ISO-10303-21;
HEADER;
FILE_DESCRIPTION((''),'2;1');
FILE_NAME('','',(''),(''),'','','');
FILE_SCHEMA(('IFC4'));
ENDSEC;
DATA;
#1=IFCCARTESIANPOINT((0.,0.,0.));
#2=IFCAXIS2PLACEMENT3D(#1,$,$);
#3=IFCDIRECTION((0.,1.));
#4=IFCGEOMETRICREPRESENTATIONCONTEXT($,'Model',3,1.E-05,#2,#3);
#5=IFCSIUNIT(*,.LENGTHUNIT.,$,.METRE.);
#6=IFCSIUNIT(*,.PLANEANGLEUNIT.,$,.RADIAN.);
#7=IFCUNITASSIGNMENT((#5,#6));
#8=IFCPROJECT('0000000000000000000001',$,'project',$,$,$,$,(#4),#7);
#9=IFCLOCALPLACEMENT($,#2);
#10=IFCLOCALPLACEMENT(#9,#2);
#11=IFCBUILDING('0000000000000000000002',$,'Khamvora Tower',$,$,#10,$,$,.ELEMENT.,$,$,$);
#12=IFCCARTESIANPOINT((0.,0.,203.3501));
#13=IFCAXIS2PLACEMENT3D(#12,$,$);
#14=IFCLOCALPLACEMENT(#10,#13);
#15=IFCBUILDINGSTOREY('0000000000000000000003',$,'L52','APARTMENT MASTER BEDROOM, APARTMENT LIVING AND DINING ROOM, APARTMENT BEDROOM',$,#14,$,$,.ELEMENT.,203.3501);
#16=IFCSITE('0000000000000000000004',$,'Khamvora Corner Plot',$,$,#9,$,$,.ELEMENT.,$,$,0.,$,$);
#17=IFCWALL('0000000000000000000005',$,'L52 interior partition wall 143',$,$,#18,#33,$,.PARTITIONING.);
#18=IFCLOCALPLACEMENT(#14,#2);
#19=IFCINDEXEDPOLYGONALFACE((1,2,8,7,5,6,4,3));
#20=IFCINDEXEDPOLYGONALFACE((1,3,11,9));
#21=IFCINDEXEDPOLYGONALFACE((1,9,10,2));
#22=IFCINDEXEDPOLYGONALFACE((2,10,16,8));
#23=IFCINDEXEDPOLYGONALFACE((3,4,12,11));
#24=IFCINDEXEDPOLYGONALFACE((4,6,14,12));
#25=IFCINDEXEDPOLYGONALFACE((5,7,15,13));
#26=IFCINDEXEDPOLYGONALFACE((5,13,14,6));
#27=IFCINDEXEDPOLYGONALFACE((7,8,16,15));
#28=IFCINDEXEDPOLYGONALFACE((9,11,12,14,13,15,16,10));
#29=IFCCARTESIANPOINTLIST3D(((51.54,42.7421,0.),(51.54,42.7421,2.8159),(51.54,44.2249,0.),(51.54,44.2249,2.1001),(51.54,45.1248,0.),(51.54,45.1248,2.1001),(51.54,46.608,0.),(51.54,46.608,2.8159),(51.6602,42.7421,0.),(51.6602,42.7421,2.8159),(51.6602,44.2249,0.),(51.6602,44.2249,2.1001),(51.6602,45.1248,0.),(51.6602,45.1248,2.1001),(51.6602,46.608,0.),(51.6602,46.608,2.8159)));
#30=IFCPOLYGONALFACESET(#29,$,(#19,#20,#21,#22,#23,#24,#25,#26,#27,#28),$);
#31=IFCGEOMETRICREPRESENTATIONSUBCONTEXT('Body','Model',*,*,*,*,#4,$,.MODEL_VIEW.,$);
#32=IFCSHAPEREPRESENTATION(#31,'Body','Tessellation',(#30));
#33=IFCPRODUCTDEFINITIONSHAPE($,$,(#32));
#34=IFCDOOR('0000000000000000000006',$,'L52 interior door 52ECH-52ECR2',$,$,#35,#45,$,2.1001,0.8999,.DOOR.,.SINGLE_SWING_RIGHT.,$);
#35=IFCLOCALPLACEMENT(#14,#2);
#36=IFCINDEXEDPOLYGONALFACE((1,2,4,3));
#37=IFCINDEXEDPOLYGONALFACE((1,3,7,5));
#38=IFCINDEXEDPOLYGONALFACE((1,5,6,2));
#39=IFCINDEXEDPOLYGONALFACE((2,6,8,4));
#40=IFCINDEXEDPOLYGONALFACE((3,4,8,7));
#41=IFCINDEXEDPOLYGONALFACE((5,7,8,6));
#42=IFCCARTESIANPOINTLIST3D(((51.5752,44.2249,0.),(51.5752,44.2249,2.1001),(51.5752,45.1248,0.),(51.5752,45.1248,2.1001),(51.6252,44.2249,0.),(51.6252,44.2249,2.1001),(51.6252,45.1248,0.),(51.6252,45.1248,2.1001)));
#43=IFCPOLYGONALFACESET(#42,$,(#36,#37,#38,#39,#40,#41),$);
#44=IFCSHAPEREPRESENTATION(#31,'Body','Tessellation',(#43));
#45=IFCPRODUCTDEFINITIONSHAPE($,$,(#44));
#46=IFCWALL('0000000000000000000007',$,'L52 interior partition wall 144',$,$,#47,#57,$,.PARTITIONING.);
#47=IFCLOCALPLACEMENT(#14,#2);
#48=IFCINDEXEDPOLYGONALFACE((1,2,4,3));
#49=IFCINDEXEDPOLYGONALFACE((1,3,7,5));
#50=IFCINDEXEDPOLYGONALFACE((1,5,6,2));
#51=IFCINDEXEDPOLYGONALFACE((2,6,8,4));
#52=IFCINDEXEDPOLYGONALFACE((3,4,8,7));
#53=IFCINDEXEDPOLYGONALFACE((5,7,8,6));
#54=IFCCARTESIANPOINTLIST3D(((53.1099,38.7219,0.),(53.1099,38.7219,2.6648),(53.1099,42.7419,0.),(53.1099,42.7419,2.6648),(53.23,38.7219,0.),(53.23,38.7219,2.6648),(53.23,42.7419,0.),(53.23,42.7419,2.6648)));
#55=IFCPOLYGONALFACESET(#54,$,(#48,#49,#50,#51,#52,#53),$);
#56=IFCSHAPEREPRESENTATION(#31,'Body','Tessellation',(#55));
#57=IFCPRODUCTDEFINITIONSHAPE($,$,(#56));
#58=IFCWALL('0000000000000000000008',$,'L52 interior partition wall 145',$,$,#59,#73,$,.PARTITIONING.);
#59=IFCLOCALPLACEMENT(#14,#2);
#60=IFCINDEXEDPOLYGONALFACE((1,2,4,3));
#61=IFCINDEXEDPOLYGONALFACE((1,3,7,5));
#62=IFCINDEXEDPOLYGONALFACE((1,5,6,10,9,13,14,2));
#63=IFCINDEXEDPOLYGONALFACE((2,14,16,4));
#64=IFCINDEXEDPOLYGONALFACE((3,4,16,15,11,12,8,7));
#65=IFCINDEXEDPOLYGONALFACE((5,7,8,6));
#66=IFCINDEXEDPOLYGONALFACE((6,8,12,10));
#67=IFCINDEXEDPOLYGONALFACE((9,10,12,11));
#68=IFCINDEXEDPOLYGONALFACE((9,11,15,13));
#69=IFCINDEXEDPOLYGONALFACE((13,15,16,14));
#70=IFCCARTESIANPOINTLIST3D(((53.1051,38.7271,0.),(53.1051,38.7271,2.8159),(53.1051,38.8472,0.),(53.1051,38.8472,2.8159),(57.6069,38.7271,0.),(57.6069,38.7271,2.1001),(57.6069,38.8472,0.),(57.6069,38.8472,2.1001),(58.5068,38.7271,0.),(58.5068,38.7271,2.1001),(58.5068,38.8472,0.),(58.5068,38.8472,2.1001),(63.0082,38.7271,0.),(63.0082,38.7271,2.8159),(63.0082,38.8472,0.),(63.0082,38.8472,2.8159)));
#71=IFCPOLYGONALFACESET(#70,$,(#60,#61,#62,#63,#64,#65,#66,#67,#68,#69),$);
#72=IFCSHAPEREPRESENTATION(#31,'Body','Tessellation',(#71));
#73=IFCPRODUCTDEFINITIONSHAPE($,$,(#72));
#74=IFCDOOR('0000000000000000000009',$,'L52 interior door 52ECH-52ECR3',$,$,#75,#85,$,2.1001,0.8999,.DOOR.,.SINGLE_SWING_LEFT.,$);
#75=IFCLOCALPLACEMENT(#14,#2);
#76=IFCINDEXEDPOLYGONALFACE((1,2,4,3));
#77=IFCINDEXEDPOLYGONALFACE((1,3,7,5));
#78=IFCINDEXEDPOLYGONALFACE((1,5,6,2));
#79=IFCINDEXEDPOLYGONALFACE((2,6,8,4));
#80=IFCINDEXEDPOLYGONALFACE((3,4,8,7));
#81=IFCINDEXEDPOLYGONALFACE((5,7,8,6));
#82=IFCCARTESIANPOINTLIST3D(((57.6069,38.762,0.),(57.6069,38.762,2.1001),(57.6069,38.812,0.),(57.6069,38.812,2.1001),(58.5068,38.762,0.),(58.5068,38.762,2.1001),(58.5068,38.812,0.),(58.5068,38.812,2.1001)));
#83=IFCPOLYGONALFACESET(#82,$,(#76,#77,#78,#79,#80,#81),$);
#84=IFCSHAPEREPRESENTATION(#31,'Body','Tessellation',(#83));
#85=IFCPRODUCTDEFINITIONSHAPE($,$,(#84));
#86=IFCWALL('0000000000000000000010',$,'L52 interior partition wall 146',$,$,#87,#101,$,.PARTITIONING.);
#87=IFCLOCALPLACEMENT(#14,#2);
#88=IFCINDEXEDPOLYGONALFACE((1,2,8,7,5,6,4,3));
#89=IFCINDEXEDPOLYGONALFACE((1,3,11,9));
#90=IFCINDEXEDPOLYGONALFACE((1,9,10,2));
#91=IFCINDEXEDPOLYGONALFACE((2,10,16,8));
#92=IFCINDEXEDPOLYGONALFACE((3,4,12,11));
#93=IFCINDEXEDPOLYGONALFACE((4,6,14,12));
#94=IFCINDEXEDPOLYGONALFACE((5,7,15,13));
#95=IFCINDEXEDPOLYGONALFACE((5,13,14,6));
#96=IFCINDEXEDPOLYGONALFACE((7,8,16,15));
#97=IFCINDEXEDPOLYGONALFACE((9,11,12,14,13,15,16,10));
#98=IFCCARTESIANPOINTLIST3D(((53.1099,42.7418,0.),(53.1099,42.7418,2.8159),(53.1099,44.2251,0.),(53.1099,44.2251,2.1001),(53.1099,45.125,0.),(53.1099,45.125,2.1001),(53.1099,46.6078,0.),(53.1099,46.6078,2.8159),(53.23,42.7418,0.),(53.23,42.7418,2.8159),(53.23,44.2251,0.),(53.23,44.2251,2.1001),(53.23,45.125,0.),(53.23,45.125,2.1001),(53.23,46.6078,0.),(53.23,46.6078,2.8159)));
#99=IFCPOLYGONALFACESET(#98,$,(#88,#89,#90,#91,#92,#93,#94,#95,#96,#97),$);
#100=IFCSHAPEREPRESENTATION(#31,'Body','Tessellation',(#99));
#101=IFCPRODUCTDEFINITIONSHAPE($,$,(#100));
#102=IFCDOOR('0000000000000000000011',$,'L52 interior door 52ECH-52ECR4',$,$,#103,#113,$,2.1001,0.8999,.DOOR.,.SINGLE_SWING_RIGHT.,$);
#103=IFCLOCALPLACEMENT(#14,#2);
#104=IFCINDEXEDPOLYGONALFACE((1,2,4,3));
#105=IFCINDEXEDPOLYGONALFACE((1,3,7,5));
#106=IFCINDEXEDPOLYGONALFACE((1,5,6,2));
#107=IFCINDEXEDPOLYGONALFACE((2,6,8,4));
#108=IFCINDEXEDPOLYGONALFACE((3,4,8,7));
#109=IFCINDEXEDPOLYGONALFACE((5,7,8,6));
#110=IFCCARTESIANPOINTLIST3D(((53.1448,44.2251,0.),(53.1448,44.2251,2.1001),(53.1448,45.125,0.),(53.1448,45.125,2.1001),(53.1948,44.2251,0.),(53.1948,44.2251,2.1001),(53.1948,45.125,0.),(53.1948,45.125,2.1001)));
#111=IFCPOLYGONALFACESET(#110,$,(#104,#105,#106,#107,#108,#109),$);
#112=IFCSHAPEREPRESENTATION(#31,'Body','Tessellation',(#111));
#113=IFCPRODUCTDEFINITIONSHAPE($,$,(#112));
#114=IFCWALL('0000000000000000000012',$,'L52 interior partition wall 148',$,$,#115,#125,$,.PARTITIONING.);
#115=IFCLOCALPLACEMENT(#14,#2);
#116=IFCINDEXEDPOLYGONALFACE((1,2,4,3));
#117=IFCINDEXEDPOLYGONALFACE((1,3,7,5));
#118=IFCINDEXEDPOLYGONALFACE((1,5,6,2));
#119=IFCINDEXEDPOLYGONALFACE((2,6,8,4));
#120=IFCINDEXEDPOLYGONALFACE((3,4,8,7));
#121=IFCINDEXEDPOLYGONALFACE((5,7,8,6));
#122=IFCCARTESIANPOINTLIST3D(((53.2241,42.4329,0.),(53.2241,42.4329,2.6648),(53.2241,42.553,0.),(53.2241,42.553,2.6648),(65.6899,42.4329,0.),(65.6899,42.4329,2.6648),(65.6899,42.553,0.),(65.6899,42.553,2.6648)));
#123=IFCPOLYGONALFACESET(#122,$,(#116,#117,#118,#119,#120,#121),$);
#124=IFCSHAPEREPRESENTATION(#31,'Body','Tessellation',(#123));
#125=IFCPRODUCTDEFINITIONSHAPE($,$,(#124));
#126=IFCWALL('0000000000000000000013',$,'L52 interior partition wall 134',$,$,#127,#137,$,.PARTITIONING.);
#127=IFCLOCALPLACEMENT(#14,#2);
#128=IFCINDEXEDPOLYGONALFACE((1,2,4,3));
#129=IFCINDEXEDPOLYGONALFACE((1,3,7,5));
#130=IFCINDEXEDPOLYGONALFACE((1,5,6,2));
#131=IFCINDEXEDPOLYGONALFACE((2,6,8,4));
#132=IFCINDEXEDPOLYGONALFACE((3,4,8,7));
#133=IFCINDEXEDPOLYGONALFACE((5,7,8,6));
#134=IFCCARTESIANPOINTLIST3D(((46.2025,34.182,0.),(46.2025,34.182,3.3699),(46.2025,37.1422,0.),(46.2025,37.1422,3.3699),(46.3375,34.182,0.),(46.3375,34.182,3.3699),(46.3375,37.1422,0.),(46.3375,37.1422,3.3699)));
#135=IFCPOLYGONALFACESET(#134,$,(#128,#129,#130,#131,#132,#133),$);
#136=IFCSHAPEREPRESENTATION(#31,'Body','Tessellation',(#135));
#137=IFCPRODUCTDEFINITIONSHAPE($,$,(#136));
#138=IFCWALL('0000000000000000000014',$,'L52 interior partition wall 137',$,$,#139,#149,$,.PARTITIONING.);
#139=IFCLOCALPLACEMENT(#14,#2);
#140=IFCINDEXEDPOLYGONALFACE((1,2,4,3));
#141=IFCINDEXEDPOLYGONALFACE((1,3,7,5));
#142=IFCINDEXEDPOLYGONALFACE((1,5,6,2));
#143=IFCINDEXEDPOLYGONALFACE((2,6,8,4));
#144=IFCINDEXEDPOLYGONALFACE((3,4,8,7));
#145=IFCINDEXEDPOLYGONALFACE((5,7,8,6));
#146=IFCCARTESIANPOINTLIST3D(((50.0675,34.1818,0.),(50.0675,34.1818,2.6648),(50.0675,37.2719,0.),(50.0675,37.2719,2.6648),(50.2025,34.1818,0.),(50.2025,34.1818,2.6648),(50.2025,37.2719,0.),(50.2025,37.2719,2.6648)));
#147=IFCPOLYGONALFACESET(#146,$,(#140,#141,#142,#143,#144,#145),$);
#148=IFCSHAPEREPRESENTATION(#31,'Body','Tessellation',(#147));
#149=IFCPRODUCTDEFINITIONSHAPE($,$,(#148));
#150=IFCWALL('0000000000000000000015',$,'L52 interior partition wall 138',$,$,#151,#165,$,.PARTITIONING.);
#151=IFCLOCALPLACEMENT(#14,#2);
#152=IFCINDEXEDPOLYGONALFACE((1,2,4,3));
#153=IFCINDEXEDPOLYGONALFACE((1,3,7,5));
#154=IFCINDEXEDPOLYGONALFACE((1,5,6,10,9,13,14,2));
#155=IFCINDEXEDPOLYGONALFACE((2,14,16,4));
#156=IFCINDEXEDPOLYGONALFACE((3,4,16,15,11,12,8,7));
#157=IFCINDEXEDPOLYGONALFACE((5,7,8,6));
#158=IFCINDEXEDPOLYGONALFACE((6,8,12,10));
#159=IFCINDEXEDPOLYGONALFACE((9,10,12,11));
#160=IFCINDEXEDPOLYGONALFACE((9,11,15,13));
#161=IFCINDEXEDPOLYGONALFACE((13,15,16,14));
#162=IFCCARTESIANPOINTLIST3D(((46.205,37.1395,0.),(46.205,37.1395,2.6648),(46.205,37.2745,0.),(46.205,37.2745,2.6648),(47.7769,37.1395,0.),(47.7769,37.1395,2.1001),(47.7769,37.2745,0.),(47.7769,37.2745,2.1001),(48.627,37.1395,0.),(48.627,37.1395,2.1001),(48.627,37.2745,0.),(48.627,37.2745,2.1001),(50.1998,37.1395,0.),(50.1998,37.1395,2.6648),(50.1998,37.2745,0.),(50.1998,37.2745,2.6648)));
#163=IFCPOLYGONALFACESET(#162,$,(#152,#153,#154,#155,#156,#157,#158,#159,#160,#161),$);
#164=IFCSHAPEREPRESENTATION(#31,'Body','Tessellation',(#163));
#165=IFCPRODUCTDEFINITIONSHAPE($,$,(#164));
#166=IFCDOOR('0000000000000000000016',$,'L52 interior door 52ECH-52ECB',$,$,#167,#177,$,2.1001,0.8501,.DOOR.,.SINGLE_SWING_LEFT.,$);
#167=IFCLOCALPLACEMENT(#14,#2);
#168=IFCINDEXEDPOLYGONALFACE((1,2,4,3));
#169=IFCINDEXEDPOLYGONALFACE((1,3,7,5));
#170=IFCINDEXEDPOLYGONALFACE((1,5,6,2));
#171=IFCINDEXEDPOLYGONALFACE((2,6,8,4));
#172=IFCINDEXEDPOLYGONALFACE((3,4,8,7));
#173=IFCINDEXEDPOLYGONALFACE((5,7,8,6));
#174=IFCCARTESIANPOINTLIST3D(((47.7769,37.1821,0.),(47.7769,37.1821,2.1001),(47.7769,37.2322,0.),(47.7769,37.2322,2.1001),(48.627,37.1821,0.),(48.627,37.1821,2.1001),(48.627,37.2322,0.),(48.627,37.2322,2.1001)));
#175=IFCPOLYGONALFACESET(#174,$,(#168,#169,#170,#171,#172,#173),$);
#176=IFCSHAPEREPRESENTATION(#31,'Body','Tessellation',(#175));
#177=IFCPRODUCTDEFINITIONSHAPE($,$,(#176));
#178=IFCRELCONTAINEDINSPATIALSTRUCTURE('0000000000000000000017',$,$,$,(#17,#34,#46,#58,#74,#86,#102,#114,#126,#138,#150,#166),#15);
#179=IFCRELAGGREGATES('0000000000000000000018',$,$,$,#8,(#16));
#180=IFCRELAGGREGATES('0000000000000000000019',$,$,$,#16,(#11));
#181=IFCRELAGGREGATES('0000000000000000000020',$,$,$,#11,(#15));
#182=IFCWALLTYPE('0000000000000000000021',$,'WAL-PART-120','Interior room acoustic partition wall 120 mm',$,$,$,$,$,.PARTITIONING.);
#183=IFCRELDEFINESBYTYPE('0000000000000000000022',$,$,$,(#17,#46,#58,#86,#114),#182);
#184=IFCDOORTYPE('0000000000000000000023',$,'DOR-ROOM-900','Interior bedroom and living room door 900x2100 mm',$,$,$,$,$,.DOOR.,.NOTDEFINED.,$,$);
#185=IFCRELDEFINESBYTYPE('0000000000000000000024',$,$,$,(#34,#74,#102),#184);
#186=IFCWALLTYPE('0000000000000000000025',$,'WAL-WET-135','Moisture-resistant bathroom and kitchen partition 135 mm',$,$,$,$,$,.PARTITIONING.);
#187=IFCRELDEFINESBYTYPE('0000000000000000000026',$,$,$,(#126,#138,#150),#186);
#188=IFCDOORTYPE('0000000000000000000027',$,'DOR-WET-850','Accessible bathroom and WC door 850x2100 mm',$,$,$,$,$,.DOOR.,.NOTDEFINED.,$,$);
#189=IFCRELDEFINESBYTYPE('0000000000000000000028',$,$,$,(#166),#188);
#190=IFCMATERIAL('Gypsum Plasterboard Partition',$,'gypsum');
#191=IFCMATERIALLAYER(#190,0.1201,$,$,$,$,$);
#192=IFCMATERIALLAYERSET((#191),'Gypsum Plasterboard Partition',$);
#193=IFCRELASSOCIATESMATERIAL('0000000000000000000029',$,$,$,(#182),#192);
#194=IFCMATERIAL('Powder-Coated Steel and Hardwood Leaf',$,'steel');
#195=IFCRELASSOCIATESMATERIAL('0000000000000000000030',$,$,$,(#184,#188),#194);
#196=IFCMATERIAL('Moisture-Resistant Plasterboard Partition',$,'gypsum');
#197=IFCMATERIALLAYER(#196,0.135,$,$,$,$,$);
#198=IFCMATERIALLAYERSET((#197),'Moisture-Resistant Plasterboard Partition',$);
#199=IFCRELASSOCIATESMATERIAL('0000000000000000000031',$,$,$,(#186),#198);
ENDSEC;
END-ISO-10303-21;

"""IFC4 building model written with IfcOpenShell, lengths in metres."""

from ifc_helpers import new_model, si_unit, direction, frame, frame_2d, origin, place, context, subcontext, project, spatial, rectangle, extrude, material, layer, layer_set, type_object, element, fill, save


model = new_model("IFC4")

# Units and contexts
model_context = context("Model", 3, precision=1e-05, world=origin(), true_north=direction((0.0, 1.0)))
body_context = subcontext(model_context, "Body", "Model", "MODEL_VIEW")
ifc_project = project(units=[si_unit("LENGTHUNIT", "METRE"), si_unit("PLANEANGLEUNIT", "RADIAN")], contexts=[model_context])

# Site, building, storey
site_placement = place(None, origin())
site = spatial("IfcSite", under=ifc_project, at=site_placement, Name="Khamvora Corner Plot", CompositionType="ELEMENT", RefElevation=0.0)
building_placement = place(site_placement, origin())
building = spatial("IfcBuilding", under=site, at=building_placement, Name="Khamvora Tower", CompositionType="ELEMENT")
storey_placement = place(building_placement, frame((0.0, 0.0, 203.3501)))
storey = spatial("IfcBuildingStorey", under=building, at=storey_placement, Name="L52", Description="APARTMENT MASTER BEDROOM, APARTMENT LIVING AND DINING ROOM, APARTMENT BEDROOM", CompositionType="ELEMENT", Elevation=203.3501)

# Shared definitions
ifc_material_1 = material(Name="Powder-Coated Steel and Hardwood Leaf", Category="steel")

# Shared definitions
ifc_material_2 = material(Name="Gypsum Plasterboard Partition", Category="gypsum")
ifc_layer_1 = layer(ifc_material_2, 0.1201)
ifc_layer_set_1 = layer_set([ifc_layer_1], Name="Gypsum Plasterboard Partition")
wall_type_1 = type_object("IfcWallType", Name="WAL-PART-120", Description="Interior room acoustic partition wall 120 mm", PredefinedType="PARTITIONING", material=ifc_layer_set_1)
door_type_1 = type_object("IfcDoorType", Name="DOR-ROOM-900", Description="Interior bedroom and living room door 900x2100 mm", OperationType="NOTDEFINED", PredefinedType="DOOR", material=ifc_material_1)

# Wall, opening, door
wall_1_placement = place(storey_placement, frame((51.6001, 42.7419, 0.0), z_axis=(0.0, 0.0, 1.0), x_axis=(0.0, 1.0, 0.0)))
wall_1 = element("IfcWall", 1, at=wall_1_placement, inside=storey, type_object=wall_type_1, Name="L52 interior partition wall 143", PredefinedType="PARTITIONING", context=body_context, shape_type="SweptSolid", body=[
    extrude(rectangle(XDim=3.866, YDim=0.1201, at=frame_2d((1.9331, 0.0))), origin(), (0.0, 0.0, 1.0), 2.8159),
])
opening_1_placement = place(wall_1_placement, frame((1.4829, 0.0, 0.0)))
opening_1 = element("IfcOpeningElement", 2, at=opening_1_placement, cuts=wall_1, PredefinedType="OPENING", context=body_context, shape_type="SweptSolid", body=[
    extrude(rectangle(XDim=0.8999, YDim=2.1001, at=frame_2d((0.45, 1.05))), frame((0.0, 0.0701, 0.0), z_axis=(0.0, -1.0, 0.0), x_axis=(1.0, 0.0, 0.0)), (0.0, 0.0, 1.0), 0.1401),
])
door_1_placement = place(opening_1_placement, origin())
door_1 = element("IfcDoor", 3, at=door_1_placement, inside=storey, type_object=door_type_1, Name="L52 interior door 52ECH-52ECR2", OperationType="SINGLE_SWING_RIGHT", OverallHeight=2.1001, OverallWidth=0.8999, PredefinedType="DOOR", context=body_context, shape_type="SweptSolid", body=[
    extrude(rectangle(XDim=0.8999, YDim=2.1001, at=frame_2d((0.45, 1.05))), frame((0.0, 0.0249, 0.0), z_axis=(0.0, -1.0, 0.0), x_axis=(1.0, 0.0, 0.0)), (0.0, 0.0, 1.0), 0.05),
])
fill(opening_1, door_1)

# Wall
wall_2_placement = place(storey_placement, frame((53.1699, 42.7419, 0.0), z_axis=(0.0, 0.0, 1.0), x_axis=(0.0, -1.0, 0.0)))
element("IfcWall", 4, at=wall_2_placement, inside=storey, type_object=wall_type_1, Name="L52 interior partition wall 144", PredefinedType="PARTITIONING", context=body_context, shape_type="SweptSolid", body=[
    extrude(rectangle(XDim=4.02, YDim=0.1201, at=frame_2d((2.01, 0.0))), origin(), (0.0, 0.0, 1.0), 2.6648),
])

# Walls, openings, doors
wall_3_placement = place(storey_placement, frame((53.105, 38.7871, 0.0), z_axis=(0.0, 0.0, 1.0), x_axis=(1.0, 0.0, 0.0)))
wall_3 = element("IfcWall", 5, at=wall_3_placement, inside=storey, type_object=wall_type_1, Name="L52 interior partition wall 145", PredefinedType="PARTITIONING", context=body_context, shape_type="SweptSolid", body=[
    extrude(rectangle(XDim=9.9031, YDim=0.1201, at=frame_2d((4.9517, 0.0))), origin(), (0.0, 0.0, 1.0), 2.8159),
])
opening_2_placement = place(wall_3_placement, frame((4.502, 0.0, 0.0)))
opening_2 = element("IfcOpeningElement", 6, at=opening_2_placement, cuts=wall_3, PredefinedType="OPENING", context=body_context, shape_type="SweptSolid", body=[
    extrude(rectangle(XDim=0.8999, YDim=2.1001, at=frame_2d((0.45, 1.05))), frame((0.0, 0.0701, 0.0), z_axis=(0.0, -1.0, 0.0), x_axis=(1.0, 0.0, 0.0)), (0.0, 0.0, 1.0), 0.1401),
])
door_2_placement = place(opening_2_placement, origin())
door_2 = element("IfcDoor", 7, at=door_2_placement, inside=storey, type_object=door_type_1, Name="L52 interior door 52ECH-52ECR3", OperationType="SINGLE_SWING_LEFT", OverallHeight=2.1001, OverallWidth=0.8999, PredefinedType="DOOR", context=body_context, shape_type="SweptSolid", body=[
    extrude(rectangle(XDim=0.8999, YDim=2.1001, at=frame_2d((0.45, 1.05))), frame((0.0, 0.0249, 0.0), z_axis=(0.0, -1.0, 0.0), x_axis=(1.0, 0.0, 0.0)), (0.0, 0.0, 1.0), 0.05),
])
fill(opening_2, door_2)
wall_4_placement = place(storey_placement, frame((53.1699, 46.6079, 0.0), z_axis=(0.0, 0.0, 1.0), x_axis=(0.0, -1.0, 0.0)))
wall_4 = element("IfcWall", 8, at=wall_4_placement, inside=storey, type_object=wall_type_1, Name="L52 interior partition wall 146", PredefinedType="PARTITIONING", context=body_context, shape_type="SweptSolid", body=[
    extrude(rectangle(XDim=3.866, YDim=0.1201, at=frame_2d((1.9331, 0.0))), origin(), (0.0, 0.0, 1.0), 2.8159),
])
opening_3_placement = place(wall_4_placement, frame((1.4829, 0.0, 0.0)))
opening_3 = element("IfcOpeningElement", 9, at=opening_3_placement, cuts=wall_4, PredefinedType="OPENING", context=body_context, shape_type="SweptSolid", body=[
    extrude(rectangle(XDim=0.8999, YDim=2.1001, at=frame_2d((0.45, 1.05))), frame((0.0, 0.0701, 0.0), z_axis=(0.0, -1.0, 0.0), x_axis=(1.0, 0.0, 0.0)), (0.0, 0.0, 1.0), 0.1401),
])
door_3_placement = place(opening_3_placement, origin())
door_3 = element("IfcDoor", 10, at=door_3_placement, inside=storey, type_object=door_type_1, Name="L52 interior door 52ECH-52ECR4", OperationType="SINGLE_SWING_RIGHT", OverallHeight=2.1001, OverallWidth=0.8999, PredefinedType="DOOR", context=body_context, shape_type="SweptSolid", body=[
    extrude(rectangle(XDim=0.8999, YDim=2.1001, at=frame_2d((0.45, 1.05))), frame((0.0, 0.0249, 0.0), z_axis=(0.0, -1.0, 0.0), x_axis=(1.0, 0.0, 0.0)), (0.0, 0.0, 1.0), 0.05),
])
fill(opening_3, door_3)

# Walls
wall_5_placement = place(storey_placement, frame((53.2241, 42.4929, 0.0), z_axis=(0.0, 0.0, 1.0), x_axis=(1.0, 0.0, 0.0)))
element("IfcWall", 11, at=wall_5_placement, inside=storey, type_object=wall_type_1, Name="L52 interior partition wall 148", PredefinedType="PARTITIONING", context=body_context, shape_type="SweptSolid", body=[
    extrude(rectangle(XDim=12.4658, YDim=0.1201, at=frame_2d((6.2329, 0.0))), origin(), (0.0, 0.0, 1.0), 2.6648),
])
ifc_material_3 = material(Name="Moisture-Resistant Plasterboard Partition", Category="gypsum")
ifc_layer_2 = layer(ifc_material_3, 0.135)
ifc_layer_set_2 = layer_set([ifc_layer_2], Name="Moisture-Resistant Plasterboard Partition")
wall_type_2 = type_object("IfcWallType", Name="WAL-WET-135", Description="Moisture-resistant bathroom and kitchen partition 135 mm", PredefinedType="PARTITIONING", material=ifc_layer_set_2)
wall_6_placement = place(storey_placement, frame((46.27, 37.1421, 0.0), z_axis=(0.0, 0.0, 1.0), x_axis=(0.0, -1.0, 0.0)))
element("IfcWall", 12, at=wall_6_placement, inside=storey, type_object=wall_type_2, Name="L52 interior partition wall 134", PredefinedType="PARTITIONING", context=body_context, shape_type="SweptSolid", body=[
    extrude(rectangle(XDim=2.9602, YDim=0.135, at=frame_2d((1.48, 0.0))), origin(), (0.0, 0.0, 1.0), 3.3699),
])
wall_7_placement = place(storey_placement, frame((50.135, 34.1819, 0.0), z_axis=(0.0, 0.0, 1.0), x_axis=(0.0, 1.0, 0.0)))
element("IfcWall", 13, at=wall_7_placement, inside=storey, type_object=wall_type_2, Name="L52 interior partition wall 137", PredefinedType="PARTITIONING", context=body_context, shape_type="SweptSolid", body=[
    extrude(rectangle(XDim=3.0901, YDim=0.135, at=frame_2d((1.5449, 0.0))), origin(), (0.0, 0.0, 1.0), 2.6648),
])

# Wall, opening, door
wall_8_placement = place(storey_placement, frame((50.2, 37.207, 0.0), z_axis=(0.0, 0.0, 1.0), x_axis=(-1.0, 0.0, 0.0)))
wall_8 = element("IfcWall", 14, at=wall_8_placement, inside=storey, type_object=wall_type_2, Name="L52 interior partition wall 138", PredefinedType="PARTITIONING", context=body_context, shape_type="SweptSolid", body=[
    extrude(rectangle(XDim=3.9949, YDim=0.135, at=frame_2d((1.9976, 0.0))), origin(), (0.0, 0.0, 1.0), 2.6648),
])
opening_4_placement = place(wall_8_placement, frame((1.573, 0.0, 0.0)))
opening_4 = element("IfcOpeningElement", 15, at=opening_4_placement, cuts=wall_8, PredefinedType="OPENING", context=body_context, shape_type="SweptSolid", body=[
    extrude(rectangle(XDim=0.8501, YDim=2.1001, at=frame_2d((0.425, 1.05))), frame((0.0, 0.0774, 0.0), z_axis=(0.0, -1.0, 0.0), x_axis=(1.0, 0.0, 0.0)), (0.0, 0.0, 1.0), 0.155),
])
door_type_2 = type_object("IfcDoorType", Name="DOR-WET-850", Description="Accessible bathroom and WC door 850x2100 mm", OperationType="NOTDEFINED", PredefinedType="DOOR", material=ifc_material_1)
door_4_placement = place(opening_4_placement, origin())
door_4 = element("IfcDoor", 16, at=door_4_placement, inside=storey, type_object=door_type_2, Name="L52 interior door 52ECH-52ECB", OperationType="SINGLE_SWING_LEFT", OverallHeight=2.1001, OverallWidth=0.8501, PredefinedType="DOOR", context=body_context, shape_type="SweptSolid", body=[
    extrude(rectangle(XDim=0.8501, YDim=2.1001, at=frame_2d((0.425, 1.05))), frame((0.0, 0.0249, 0.0), z_axis=(0.0, -1.0, 0.0), x_axis=(1.0, 0.0, 0.0)), (0.0, 0.0, 1.0), 0.05),
])
fill(opening_4, door_4)

save(model, "model.ifc")
